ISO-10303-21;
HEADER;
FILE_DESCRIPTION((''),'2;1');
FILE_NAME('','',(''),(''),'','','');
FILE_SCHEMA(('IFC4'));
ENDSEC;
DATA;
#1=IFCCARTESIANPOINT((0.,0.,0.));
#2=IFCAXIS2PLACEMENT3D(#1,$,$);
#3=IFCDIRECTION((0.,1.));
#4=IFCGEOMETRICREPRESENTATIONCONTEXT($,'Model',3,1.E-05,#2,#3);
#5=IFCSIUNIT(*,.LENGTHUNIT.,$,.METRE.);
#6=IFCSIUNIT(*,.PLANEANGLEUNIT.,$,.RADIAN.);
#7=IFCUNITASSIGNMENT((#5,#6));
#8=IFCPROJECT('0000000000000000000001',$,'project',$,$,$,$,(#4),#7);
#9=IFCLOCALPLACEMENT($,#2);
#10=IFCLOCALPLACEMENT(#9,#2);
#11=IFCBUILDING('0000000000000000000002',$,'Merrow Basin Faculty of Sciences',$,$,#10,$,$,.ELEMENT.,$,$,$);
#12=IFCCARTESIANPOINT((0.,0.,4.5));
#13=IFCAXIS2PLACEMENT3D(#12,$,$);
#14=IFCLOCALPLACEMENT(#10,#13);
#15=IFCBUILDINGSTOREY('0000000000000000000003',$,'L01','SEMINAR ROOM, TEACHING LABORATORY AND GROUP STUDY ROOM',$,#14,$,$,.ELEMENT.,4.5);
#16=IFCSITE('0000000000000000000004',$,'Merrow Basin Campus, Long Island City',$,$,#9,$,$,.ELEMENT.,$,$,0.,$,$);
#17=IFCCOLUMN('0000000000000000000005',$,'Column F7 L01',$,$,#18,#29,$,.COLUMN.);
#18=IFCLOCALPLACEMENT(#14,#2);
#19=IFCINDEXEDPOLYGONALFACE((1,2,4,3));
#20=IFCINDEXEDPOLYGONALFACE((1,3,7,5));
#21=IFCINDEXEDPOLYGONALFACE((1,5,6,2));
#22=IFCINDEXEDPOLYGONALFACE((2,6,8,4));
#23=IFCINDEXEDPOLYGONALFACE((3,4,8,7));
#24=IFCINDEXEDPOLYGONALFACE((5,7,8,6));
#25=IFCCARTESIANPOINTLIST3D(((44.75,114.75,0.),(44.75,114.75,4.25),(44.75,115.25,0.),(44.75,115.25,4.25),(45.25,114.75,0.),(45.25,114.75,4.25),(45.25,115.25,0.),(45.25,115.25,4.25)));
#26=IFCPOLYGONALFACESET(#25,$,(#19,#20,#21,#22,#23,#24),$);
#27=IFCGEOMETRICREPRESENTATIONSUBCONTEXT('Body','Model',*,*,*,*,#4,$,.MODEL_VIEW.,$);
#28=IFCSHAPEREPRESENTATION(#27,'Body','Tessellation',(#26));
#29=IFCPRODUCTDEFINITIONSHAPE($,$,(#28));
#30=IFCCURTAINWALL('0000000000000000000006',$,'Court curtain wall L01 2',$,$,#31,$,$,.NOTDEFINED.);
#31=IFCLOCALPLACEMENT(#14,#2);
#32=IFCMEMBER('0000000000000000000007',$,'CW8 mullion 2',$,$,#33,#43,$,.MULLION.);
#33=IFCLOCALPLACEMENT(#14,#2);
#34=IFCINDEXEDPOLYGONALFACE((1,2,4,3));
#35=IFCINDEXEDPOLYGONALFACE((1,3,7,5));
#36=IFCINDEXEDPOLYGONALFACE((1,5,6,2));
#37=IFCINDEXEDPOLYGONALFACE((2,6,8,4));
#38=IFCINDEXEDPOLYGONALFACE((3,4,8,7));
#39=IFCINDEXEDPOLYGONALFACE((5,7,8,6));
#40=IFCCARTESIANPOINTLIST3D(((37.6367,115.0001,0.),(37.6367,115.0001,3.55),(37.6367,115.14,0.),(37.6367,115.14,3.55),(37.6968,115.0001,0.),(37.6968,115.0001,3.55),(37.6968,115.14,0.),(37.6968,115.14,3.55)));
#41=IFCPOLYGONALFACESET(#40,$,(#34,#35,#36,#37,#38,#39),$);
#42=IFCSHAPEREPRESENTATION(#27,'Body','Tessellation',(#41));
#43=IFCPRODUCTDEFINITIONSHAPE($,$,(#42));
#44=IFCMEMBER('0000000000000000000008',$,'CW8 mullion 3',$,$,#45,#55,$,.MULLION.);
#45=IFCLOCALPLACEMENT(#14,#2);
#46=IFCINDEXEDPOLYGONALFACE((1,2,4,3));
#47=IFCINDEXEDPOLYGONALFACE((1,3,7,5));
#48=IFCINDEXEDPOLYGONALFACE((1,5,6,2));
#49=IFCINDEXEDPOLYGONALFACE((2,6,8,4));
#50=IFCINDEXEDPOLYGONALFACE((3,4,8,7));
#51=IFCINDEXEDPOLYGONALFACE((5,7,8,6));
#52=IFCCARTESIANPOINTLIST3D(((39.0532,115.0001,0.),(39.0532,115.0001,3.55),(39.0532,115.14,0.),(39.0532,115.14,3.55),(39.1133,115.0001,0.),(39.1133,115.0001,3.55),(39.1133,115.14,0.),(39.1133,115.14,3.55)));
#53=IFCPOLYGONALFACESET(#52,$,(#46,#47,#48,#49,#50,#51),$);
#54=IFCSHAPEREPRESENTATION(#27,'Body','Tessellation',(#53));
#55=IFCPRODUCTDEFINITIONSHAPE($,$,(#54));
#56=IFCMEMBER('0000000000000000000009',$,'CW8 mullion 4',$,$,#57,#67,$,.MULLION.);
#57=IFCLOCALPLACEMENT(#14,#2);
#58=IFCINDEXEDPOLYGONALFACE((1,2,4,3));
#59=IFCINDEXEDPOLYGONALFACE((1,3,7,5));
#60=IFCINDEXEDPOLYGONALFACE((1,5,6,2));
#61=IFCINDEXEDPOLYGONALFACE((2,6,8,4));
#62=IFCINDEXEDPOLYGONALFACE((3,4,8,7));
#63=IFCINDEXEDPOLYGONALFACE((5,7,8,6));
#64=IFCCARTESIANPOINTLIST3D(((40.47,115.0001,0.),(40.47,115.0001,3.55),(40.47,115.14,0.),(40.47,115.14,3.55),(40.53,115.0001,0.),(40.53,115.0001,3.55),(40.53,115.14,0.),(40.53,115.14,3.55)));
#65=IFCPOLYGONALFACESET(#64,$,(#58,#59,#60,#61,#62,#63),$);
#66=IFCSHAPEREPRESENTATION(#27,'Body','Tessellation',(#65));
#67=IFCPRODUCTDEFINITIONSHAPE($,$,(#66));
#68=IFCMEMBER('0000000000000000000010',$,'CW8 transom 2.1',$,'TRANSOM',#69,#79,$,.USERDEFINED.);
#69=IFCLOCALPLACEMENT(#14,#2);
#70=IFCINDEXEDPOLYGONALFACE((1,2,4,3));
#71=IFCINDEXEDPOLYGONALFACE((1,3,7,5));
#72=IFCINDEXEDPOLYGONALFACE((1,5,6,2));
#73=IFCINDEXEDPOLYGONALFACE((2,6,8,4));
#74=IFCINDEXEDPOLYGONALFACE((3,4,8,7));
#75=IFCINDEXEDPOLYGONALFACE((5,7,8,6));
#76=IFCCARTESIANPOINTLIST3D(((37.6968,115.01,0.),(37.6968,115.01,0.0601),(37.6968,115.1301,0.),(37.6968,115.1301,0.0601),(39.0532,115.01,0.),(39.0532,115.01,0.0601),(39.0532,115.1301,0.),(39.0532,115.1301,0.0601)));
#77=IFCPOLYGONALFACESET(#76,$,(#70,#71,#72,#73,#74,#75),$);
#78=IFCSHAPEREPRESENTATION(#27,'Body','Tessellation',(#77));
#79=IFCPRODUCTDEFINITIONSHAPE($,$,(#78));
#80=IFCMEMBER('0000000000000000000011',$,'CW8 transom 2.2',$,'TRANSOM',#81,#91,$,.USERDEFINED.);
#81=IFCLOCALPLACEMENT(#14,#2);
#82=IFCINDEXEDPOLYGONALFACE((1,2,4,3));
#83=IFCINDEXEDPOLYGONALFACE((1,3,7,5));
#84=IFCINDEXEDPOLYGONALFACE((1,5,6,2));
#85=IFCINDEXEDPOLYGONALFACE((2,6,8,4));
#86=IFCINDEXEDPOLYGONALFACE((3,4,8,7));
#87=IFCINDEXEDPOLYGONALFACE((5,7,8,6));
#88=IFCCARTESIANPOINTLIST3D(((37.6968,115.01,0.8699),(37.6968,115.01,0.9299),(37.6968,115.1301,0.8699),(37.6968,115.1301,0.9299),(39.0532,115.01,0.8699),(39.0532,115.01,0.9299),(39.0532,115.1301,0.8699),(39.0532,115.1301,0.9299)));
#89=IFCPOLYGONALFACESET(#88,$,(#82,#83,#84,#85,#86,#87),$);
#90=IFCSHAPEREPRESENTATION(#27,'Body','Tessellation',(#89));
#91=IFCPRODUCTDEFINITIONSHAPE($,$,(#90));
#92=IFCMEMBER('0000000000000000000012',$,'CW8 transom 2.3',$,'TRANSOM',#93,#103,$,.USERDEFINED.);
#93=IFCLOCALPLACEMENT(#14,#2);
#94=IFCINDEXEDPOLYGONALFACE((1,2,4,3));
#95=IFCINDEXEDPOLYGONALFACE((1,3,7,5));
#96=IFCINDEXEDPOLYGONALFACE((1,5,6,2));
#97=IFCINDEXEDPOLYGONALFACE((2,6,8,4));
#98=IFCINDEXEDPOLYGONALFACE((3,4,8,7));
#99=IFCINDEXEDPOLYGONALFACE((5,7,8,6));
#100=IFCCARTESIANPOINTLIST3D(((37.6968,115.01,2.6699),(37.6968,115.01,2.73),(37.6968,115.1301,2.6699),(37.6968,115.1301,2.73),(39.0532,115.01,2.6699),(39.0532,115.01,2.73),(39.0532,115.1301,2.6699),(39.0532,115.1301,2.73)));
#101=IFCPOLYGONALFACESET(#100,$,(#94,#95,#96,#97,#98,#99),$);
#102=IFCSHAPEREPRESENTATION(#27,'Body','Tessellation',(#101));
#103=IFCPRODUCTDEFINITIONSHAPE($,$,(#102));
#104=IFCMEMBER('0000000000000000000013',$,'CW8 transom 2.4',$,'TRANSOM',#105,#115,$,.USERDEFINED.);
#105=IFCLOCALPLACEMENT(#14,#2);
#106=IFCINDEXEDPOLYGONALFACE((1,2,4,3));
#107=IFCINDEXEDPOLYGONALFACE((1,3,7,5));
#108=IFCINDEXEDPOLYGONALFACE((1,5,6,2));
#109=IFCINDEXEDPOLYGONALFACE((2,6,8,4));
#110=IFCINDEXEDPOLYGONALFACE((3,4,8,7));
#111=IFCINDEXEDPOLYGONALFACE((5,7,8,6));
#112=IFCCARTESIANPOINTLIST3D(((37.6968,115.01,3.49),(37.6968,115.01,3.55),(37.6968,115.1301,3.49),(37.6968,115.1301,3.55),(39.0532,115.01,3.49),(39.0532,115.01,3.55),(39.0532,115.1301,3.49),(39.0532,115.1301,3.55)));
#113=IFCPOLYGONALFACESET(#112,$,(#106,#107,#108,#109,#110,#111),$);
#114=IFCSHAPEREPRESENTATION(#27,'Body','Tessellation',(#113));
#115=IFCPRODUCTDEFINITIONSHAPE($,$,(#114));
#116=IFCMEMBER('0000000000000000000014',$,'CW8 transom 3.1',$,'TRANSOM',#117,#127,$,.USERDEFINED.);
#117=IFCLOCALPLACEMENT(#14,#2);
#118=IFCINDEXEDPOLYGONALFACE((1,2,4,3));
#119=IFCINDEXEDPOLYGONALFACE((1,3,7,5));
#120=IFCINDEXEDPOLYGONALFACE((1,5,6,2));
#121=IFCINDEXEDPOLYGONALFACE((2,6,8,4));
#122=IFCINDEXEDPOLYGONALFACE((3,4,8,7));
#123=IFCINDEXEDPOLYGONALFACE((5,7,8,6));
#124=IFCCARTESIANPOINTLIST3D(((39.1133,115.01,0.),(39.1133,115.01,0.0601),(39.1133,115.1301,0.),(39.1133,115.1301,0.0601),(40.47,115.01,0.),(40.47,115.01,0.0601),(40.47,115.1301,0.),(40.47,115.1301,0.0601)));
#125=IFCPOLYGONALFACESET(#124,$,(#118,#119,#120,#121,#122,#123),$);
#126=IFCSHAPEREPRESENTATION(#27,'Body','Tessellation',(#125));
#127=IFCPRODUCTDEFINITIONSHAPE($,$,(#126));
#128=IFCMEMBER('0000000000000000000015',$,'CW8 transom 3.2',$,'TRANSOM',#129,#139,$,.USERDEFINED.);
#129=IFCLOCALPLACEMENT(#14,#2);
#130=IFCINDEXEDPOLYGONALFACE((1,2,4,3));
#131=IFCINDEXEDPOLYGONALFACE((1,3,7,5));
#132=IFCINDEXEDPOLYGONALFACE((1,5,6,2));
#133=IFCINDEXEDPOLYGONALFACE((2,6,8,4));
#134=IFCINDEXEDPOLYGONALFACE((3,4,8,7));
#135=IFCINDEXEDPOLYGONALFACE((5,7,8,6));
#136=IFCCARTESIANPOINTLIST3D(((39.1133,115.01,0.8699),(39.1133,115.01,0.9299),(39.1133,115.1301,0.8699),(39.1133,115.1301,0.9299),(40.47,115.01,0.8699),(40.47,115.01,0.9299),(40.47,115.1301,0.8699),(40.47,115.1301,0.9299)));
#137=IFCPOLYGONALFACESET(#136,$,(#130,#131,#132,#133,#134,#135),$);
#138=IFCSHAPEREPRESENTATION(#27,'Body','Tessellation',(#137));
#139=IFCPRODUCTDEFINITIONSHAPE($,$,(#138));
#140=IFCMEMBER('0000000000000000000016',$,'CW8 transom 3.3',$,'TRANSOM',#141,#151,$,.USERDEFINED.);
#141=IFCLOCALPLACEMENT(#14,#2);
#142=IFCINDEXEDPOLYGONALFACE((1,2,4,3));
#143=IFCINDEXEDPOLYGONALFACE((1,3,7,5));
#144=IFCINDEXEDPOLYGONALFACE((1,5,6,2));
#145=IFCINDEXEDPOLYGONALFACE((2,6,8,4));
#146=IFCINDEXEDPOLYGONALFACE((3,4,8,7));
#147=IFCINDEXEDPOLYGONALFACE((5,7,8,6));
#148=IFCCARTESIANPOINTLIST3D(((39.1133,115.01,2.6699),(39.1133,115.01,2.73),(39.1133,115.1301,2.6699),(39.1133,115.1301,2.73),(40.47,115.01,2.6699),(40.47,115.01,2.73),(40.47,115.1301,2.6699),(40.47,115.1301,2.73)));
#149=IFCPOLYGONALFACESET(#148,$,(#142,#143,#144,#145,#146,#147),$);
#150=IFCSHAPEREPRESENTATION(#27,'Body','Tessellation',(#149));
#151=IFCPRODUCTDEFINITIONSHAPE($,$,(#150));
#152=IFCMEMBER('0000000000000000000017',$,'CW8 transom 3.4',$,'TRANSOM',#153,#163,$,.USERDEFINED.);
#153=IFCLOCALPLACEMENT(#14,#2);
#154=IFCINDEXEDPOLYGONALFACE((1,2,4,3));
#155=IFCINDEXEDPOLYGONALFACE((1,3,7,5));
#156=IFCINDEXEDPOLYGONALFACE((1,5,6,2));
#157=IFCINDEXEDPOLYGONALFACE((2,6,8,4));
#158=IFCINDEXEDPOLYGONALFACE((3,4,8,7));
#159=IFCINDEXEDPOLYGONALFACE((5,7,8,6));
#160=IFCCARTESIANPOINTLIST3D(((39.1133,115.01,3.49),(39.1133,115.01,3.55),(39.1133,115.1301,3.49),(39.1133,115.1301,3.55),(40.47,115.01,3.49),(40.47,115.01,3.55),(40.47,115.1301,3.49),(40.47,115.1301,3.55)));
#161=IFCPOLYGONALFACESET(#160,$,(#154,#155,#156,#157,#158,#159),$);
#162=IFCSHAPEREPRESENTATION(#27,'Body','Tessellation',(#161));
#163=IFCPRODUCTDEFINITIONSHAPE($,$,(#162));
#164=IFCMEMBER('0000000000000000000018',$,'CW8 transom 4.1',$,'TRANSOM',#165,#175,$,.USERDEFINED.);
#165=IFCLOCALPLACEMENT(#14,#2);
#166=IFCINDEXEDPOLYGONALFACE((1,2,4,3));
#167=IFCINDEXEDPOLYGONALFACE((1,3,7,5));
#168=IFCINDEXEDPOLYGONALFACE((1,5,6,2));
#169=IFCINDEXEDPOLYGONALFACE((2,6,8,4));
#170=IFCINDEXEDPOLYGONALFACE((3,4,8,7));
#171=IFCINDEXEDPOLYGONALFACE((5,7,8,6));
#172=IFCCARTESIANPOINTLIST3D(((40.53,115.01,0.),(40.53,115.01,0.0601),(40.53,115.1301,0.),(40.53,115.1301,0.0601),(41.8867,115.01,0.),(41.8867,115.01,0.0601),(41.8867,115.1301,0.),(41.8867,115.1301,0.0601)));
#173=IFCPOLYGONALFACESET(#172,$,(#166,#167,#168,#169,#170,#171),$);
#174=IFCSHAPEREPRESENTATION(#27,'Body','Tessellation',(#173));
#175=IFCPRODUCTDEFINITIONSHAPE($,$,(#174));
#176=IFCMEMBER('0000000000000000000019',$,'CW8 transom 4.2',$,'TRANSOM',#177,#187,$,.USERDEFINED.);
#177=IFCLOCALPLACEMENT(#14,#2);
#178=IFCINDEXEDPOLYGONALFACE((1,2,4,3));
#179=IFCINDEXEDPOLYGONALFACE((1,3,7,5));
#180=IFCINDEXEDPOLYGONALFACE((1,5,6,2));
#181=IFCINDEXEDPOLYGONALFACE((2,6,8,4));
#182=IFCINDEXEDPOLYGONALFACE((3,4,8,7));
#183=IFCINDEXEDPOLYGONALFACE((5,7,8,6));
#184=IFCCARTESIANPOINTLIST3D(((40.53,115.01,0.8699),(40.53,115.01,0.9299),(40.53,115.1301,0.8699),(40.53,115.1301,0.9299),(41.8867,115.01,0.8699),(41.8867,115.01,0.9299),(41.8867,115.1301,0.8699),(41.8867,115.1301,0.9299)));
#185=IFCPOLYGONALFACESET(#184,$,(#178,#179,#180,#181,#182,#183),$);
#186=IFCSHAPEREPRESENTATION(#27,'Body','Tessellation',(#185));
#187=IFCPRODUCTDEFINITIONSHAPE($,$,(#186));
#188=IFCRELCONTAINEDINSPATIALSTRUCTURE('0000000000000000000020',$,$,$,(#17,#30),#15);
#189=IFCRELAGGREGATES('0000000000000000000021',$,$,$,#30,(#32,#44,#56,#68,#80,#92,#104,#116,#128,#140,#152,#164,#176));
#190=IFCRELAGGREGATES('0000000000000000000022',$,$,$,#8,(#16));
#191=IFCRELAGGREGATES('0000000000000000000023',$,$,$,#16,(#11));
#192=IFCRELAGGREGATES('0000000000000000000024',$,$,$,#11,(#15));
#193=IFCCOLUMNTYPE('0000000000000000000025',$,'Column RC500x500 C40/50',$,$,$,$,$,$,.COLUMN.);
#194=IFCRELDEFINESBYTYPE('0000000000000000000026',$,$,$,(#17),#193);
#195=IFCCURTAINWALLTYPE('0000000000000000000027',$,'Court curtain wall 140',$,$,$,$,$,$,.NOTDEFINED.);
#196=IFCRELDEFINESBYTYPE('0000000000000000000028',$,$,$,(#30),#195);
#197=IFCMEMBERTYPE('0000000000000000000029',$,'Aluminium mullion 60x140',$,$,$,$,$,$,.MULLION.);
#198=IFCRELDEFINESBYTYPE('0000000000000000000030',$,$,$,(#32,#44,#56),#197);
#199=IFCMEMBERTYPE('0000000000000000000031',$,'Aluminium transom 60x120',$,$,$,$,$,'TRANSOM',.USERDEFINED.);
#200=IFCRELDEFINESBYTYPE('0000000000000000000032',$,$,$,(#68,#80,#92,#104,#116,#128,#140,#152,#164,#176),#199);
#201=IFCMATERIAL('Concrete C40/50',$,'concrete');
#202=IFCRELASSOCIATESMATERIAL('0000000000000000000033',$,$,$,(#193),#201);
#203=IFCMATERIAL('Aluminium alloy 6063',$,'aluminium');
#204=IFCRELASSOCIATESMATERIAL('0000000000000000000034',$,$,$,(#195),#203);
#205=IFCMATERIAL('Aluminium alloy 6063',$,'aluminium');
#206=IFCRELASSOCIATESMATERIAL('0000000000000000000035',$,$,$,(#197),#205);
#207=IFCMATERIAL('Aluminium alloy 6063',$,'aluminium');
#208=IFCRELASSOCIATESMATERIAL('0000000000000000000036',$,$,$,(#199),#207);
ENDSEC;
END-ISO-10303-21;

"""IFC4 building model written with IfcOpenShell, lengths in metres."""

from ifc_helpers import new_model, si_unit, direction, frame, origin, origin_2d, place, context, subcontext, project, spatial, rectangle, extrude, material, material_profile, profile_set, type_object, element, aggregate, save


model = new_model("IFC4")

# Units and contexts
model_context = context("Model", 3, precision=1e-05, world=origin(), true_north=direction((0.0, 1.0)))
body_context = subcontext(model_context, "Body", "Model", "MODEL_VIEW")
ifc_project = project(units=[si_unit("LENGTHUNIT", "METRE"), si_unit("PLANEANGLEUNIT", "RADIAN")], contexts=[model_context])

# Site, building, storey
site_placement = place(None, origin())
site = spatial("IfcSite", under=ifc_project, at=site_placement, Name="Merrow Basin Campus, Long Island City", CompositionType="ELEMENT", RefElevation=0.0)
building_placement = place(site_placement, origin())
building = spatial("IfcBuilding", under=site, at=building_placement, Name="Merrow Basin Faculty of Sciences", CompositionType="ELEMENT")
storey_placement = place(building_placement, frame((0.0, 0.0, 4.5)))
storey = spatial("IfcBuildingStorey", under=building, at=storey_placement, Name="L01", Description="SEMINAR ROOM, TEACHING LABORATORY AND GROUP STUDY ROOM", CompositionType="ELEMENT", Elevation=4.5)

# Column
ifc_material_1 = material(Name="Concrete C40/50", Category="concrete")
ifc_material_profile_1 = material_profile(ifc_material_1, rectangle(XDim=0.5, YDim=0.5, at=origin_2d()))
ifc_profile_set_1 = profile_set([ifc_material_profile_1], Name="Concrete C40/50")
column_type = type_object("IfcColumnType", Name="Column RC500x500 C40/50", PredefinedType="COLUMN", material=ifc_profile_set_1)
column_placement = place(storey_placement, frame((45.0, 115.0, 0.0), z_axis=(0.0, 0.0, 1.0), x_axis=(1.0, 0.0, 0.0)))
element("IfcColumn", 1, at=column_placement, inside=storey, type_object=column_type, Name="Column F7 L01", PredefinedType="COLUMN", context=body_context, shape_type="SweptSolid", body=[
    extrude(rectangle(XDim=0.5, YDim=0.5, at=origin_2d()), origin(), (0.0, 0.0, 1.0), 4.25),
])

# Curtain wall, members
ifc_material_2 = material(Name="Aluminium alloy 6063", Category="aluminium")
curtain_wall_type = type_object("IfcCurtainWallType", Name="Court curtain wall 140", PredefinedType="NOTDEFINED", material=ifc_material_2)
curtain_wall_placement = place(storey_placement, origin())
curtain_wall = element("IfcCurtainWall", 2, at=curtain_wall_placement, inside=storey, type_object=curtain_wall_type, Name="Court curtain wall L01 2", PredefinedType="NOTDEFINED")
ifc_material_3 = material(Name="Aluminium alloy 6063", Category="aluminium")
ifc_material_profile_2 = material_profile(ifc_material_3, rectangle(XDim=0.1399, YDim=0.0601, at=origin_2d()))
ifc_profile_set_2 = profile_set([ifc_material_profile_2], Name="Aluminium alloy 6063")
member_type_1 = type_object("IfcMemberType", Name="Aluminium mullion 60x140", PredefinedType="MULLION", material=ifc_profile_set_2)
member_1_placement = place(storey_placement, frame((37.6667, 115.0701, 0.0), z_axis=(0.0, 0.0, 1.0), x_axis=(0.0, 1.0, 0.0)))
member_1 = element("IfcMember", 3, at=member_1_placement, type_object=member_type_1, Name="CW8 mullion 2", PredefinedType="MULLION", context=body_context, shape_type="SweptSolid", body=[
    extrude(rectangle(XDim=0.1399, YDim=0.0601, at=origin_2d()), origin(), (0.0, 0.0, 1.0), 3.55),
])
member_2_placement = place(storey_placement, frame((39.0833, 115.0701, 0.0), z_axis=(0.0, 0.0, 1.0), x_axis=(0.0, 1.0, 0.0)))
member_2 = element("IfcMember", 4, at=member_2_placement, type_object=member_type_1, Name="CW8 mullion 3", PredefinedType="MULLION", context=body_context, shape_type="SweptSolid", body=[
    extrude(rectangle(XDim=0.1399, YDim=0.0601, at=origin_2d()), origin(), (0.0, 0.0, 1.0), 3.55),
])
member_3_placement = place(storey_placement, frame((40.5, 115.0701, 0.0), z_axis=(0.0, 0.0, 1.0), x_axis=(0.0, 1.0, 0.0)))
member_3 = element("IfcMember", 5, at=member_3_placement, type_object=member_type_1, Name="CW8 mullion 4", PredefinedType="MULLION", context=body_context, shape_type="SweptSolid", body=[
    extrude(rectangle(XDim=0.1399, YDim=0.0601, at=origin_2d()), origin(), (0.0, 0.0, 1.0), 3.55),
])
ifc_material_4 = material(Name="Aluminium alloy 6063", Category="aluminium")
ifc_material_profile_3 = material_profile(ifc_material_4, rectangle(XDim=0.1201, YDim=0.0601, at=origin_2d()))
ifc_profile_set_3 = profile_set([ifc_material_profile_3], Name="Aluminium alloy 6063")
member_type_2 = type_object("IfcMemberType", Name="Aluminium transom 60x120", ElementType="TRANSOM", PredefinedType="USERDEFINED", material=ifc_profile_set_3)
member_4_placement = place(storey_placement, frame((37.6968, 115.0701, 0.03), z_axis=(1.0, 0.0, 0.0), x_axis=(0.0, 1.0, 0.0)))
member_4 = element("IfcMember", 6, at=member_4_placement, type_object=member_type_2, Name="CW8 transom 2.1", ObjectType="TRANSOM", PredefinedType="USERDEFINED", context=body_context, shape_type="SweptSolid", body=[
    extrude(rectangle(XDim=0.1201, YDim=0.0601, at=origin_2d()), origin(), (0.0, 0.0, 1.0), 1.3564),
])
member_5_placement = place(storey_placement, frame((37.6968, 115.0701, 0.8999), z_axis=(1.0, 0.0, 0.0), x_axis=(0.0, 1.0, 0.0)))
member_5 = element("IfcMember", 7, at=member_5_placement, type_object=member_type_2, Name="CW8 transom 2.2", ObjectType="TRANSOM", PredefinedType="USERDEFINED", context=body_context, shape_type="SweptSolid", body=[
    extrude(rectangle(XDim=0.1201, YDim=0.0601, at=origin_2d()), origin(), (0.0, 0.0, 1.0), 1.3564),
])
member_6_placement = place(storey_placement, frame((37.6968, 115.0701, 2.7), z_axis=(1.0, 0.0, 0.0), x_axis=(0.0, 1.0, 0.0)))
member_6 = element("IfcMember", 8, at=member_6_placement, type_object=member_type_2, Name="CW8 transom 2.3", ObjectType="TRANSOM", PredefinedType="USERDEFINED", context=body_context, shape_type="SweptSolid", body=[
    extrude(rectangle(XDim=0.1201, YDim=0.0601, at=origin_2d()), origin(), (0.0, 0.0, 1.0), 1.3564),
])
member_7_placement = place(storey_placement, frame((37.6968, 115.0701, 3.52), z_axis=(1.0, 0.0, 0.0), x_axis=(0.0, 1.0, 0.0)))
member_7 = element("IfcMember", 9, at=member_7_placement, type_object=member_type_2, Name="CW8 transom 2.4", ObjectType="TRANSOM", PredefinedType="USERDEFINED", context=body_context, shape_type="SweptSolid", body=[
    extrude(rectangle(XDim=0.1201, YDim=0.0601, at=origin_2d()), origin(), (0.0, 0.0, 1.0), 1.3564),
])
member_8_placement = place(storey_placement, frame((39.1133, 115.0701, 0.03), z_axis=(1.0, 0.0, 0.0), x_axis=(0.0, 1.0, 0.0)))
member_8 = element("IfcMember", 10, at=member_8_placement, type_object=member_type_2, Name="CW8 transom 3.1", ObjectType="TRANSOM", PredefinedType="USERDEFINED", context=body_context, shape_type="SweptSolid", body=[
    extrude(rectangle(XDim=0.1201, YDim=0.0601, at=origin_2d()), origin(), (0.0, 0.0, 1.0), 1.3567),
])
member_9_placement = place(storey_placement, frame((39.1133, 115.0701, 0.8999), z_axis=(1.0, 0.0, 0.0), x_axis=(0.0, 1.0, 0.0)))
member_9 = element("IfcMember", 11, at=member_9_placement, type_object=member_type_2, Name="CW8 transom 3.2", ObjectType="TRANSOM", PredefinedType="USERDEFINED", context=body_context, shape_type="SweptSolid", body=[
    extrude(rectangle(XDim=0.1201, YDim=0.0601, at=origin_2d()), origin(), (0.0, 0.0, 1.0), 1.3567),
])
member_10_placement = place(storey_placement, frame((39.1133, 115.0701, 2.7), z_axis=(1.0, 0.0, 0.0), x_axis=(0.0, 1.0, 0.0)))
member_10 = element("IfcMember", 12, at=member_10_placement, type_object=member_type_2, Name="CW8 transom 3.3", ObjectType="TRANSOM", PredefinedType="USERDEFINED", context=body_context, shape_type="SweptSolid", body=[
    extrude(rectangle(XDim=0.1201, YDim=0.0601, at=origin_2d()), origin(), (0.0, 0.0, 1.0), 1.3567),
])
member_11_placement = place(storey_placement, frame((39.1133, 115.0701, 3.52), z_axis=(1.0, 0.0, 0.0), x_axis=(0.0, 1.0, 0.0)))
member_11 = element("IfcMember", 13, at=member_11_placement, type_object=member_type_2, Name="CW8 transom 3.4", ObjectType="TRANSOM", PredefinedType="USERDEFINED", context=body_context, shape_type="SweptSolid", body=[
    extrude(rectangle(XDim=0.1201, YDim=0.0601, at=origin_2d()), origin(), (0.0, 0.0, 1.0), 1.3567),
])
member_12_placement = place(storey_placement, frame((40.53, 115.0701, 0.03), z_axis=(1.0, 0.0, 0.0), x_axis=(0.0, 1.0, 0.0)))
member_12 = element("IfcMember", 14, at=member_12_placement, type_object=member_type_2, Name="CW8 transom 4.1", ObjectType="TRANSOM", PredefinedType="USERDEFINED", context=body_context, shape_type="SweptSolid", body=[
    extrude(rectangle(XDim=0.1201, YDim=0.0601, at=origin_2d()), origin(), (0.0, 0.0, 1.0), 1.3567),
])
member_13_placement = place(storey_placement, frame((40.53, 115.0701, 0.8999), z_axis=(1.0, 0.0, 0.0), x_axis=(0.0, 1.0, 0.0)))
member_13 = element("IfcMember", 15, at=member_13_placement, type_object=member_type_2, Name="CW8 transom 4.2", ObjectType="TRANSOM", PredefinedType="USERDEFINED", context=body_context, shape_type="SweptSolid", body=[
    extrude(rectangle(XDim=0.1201, YDim=0.0601, at=origin_2d()), origin(), (0.0, 0.0, 1.0), 1.3567),
])

aggregate(curtain_wall, [member_1, member_2, member_3, member_4, member_5, member_6, member_7, member_8, member_9, member_10, member_11, member_12, member_13])

save(model, "model.ifc")
